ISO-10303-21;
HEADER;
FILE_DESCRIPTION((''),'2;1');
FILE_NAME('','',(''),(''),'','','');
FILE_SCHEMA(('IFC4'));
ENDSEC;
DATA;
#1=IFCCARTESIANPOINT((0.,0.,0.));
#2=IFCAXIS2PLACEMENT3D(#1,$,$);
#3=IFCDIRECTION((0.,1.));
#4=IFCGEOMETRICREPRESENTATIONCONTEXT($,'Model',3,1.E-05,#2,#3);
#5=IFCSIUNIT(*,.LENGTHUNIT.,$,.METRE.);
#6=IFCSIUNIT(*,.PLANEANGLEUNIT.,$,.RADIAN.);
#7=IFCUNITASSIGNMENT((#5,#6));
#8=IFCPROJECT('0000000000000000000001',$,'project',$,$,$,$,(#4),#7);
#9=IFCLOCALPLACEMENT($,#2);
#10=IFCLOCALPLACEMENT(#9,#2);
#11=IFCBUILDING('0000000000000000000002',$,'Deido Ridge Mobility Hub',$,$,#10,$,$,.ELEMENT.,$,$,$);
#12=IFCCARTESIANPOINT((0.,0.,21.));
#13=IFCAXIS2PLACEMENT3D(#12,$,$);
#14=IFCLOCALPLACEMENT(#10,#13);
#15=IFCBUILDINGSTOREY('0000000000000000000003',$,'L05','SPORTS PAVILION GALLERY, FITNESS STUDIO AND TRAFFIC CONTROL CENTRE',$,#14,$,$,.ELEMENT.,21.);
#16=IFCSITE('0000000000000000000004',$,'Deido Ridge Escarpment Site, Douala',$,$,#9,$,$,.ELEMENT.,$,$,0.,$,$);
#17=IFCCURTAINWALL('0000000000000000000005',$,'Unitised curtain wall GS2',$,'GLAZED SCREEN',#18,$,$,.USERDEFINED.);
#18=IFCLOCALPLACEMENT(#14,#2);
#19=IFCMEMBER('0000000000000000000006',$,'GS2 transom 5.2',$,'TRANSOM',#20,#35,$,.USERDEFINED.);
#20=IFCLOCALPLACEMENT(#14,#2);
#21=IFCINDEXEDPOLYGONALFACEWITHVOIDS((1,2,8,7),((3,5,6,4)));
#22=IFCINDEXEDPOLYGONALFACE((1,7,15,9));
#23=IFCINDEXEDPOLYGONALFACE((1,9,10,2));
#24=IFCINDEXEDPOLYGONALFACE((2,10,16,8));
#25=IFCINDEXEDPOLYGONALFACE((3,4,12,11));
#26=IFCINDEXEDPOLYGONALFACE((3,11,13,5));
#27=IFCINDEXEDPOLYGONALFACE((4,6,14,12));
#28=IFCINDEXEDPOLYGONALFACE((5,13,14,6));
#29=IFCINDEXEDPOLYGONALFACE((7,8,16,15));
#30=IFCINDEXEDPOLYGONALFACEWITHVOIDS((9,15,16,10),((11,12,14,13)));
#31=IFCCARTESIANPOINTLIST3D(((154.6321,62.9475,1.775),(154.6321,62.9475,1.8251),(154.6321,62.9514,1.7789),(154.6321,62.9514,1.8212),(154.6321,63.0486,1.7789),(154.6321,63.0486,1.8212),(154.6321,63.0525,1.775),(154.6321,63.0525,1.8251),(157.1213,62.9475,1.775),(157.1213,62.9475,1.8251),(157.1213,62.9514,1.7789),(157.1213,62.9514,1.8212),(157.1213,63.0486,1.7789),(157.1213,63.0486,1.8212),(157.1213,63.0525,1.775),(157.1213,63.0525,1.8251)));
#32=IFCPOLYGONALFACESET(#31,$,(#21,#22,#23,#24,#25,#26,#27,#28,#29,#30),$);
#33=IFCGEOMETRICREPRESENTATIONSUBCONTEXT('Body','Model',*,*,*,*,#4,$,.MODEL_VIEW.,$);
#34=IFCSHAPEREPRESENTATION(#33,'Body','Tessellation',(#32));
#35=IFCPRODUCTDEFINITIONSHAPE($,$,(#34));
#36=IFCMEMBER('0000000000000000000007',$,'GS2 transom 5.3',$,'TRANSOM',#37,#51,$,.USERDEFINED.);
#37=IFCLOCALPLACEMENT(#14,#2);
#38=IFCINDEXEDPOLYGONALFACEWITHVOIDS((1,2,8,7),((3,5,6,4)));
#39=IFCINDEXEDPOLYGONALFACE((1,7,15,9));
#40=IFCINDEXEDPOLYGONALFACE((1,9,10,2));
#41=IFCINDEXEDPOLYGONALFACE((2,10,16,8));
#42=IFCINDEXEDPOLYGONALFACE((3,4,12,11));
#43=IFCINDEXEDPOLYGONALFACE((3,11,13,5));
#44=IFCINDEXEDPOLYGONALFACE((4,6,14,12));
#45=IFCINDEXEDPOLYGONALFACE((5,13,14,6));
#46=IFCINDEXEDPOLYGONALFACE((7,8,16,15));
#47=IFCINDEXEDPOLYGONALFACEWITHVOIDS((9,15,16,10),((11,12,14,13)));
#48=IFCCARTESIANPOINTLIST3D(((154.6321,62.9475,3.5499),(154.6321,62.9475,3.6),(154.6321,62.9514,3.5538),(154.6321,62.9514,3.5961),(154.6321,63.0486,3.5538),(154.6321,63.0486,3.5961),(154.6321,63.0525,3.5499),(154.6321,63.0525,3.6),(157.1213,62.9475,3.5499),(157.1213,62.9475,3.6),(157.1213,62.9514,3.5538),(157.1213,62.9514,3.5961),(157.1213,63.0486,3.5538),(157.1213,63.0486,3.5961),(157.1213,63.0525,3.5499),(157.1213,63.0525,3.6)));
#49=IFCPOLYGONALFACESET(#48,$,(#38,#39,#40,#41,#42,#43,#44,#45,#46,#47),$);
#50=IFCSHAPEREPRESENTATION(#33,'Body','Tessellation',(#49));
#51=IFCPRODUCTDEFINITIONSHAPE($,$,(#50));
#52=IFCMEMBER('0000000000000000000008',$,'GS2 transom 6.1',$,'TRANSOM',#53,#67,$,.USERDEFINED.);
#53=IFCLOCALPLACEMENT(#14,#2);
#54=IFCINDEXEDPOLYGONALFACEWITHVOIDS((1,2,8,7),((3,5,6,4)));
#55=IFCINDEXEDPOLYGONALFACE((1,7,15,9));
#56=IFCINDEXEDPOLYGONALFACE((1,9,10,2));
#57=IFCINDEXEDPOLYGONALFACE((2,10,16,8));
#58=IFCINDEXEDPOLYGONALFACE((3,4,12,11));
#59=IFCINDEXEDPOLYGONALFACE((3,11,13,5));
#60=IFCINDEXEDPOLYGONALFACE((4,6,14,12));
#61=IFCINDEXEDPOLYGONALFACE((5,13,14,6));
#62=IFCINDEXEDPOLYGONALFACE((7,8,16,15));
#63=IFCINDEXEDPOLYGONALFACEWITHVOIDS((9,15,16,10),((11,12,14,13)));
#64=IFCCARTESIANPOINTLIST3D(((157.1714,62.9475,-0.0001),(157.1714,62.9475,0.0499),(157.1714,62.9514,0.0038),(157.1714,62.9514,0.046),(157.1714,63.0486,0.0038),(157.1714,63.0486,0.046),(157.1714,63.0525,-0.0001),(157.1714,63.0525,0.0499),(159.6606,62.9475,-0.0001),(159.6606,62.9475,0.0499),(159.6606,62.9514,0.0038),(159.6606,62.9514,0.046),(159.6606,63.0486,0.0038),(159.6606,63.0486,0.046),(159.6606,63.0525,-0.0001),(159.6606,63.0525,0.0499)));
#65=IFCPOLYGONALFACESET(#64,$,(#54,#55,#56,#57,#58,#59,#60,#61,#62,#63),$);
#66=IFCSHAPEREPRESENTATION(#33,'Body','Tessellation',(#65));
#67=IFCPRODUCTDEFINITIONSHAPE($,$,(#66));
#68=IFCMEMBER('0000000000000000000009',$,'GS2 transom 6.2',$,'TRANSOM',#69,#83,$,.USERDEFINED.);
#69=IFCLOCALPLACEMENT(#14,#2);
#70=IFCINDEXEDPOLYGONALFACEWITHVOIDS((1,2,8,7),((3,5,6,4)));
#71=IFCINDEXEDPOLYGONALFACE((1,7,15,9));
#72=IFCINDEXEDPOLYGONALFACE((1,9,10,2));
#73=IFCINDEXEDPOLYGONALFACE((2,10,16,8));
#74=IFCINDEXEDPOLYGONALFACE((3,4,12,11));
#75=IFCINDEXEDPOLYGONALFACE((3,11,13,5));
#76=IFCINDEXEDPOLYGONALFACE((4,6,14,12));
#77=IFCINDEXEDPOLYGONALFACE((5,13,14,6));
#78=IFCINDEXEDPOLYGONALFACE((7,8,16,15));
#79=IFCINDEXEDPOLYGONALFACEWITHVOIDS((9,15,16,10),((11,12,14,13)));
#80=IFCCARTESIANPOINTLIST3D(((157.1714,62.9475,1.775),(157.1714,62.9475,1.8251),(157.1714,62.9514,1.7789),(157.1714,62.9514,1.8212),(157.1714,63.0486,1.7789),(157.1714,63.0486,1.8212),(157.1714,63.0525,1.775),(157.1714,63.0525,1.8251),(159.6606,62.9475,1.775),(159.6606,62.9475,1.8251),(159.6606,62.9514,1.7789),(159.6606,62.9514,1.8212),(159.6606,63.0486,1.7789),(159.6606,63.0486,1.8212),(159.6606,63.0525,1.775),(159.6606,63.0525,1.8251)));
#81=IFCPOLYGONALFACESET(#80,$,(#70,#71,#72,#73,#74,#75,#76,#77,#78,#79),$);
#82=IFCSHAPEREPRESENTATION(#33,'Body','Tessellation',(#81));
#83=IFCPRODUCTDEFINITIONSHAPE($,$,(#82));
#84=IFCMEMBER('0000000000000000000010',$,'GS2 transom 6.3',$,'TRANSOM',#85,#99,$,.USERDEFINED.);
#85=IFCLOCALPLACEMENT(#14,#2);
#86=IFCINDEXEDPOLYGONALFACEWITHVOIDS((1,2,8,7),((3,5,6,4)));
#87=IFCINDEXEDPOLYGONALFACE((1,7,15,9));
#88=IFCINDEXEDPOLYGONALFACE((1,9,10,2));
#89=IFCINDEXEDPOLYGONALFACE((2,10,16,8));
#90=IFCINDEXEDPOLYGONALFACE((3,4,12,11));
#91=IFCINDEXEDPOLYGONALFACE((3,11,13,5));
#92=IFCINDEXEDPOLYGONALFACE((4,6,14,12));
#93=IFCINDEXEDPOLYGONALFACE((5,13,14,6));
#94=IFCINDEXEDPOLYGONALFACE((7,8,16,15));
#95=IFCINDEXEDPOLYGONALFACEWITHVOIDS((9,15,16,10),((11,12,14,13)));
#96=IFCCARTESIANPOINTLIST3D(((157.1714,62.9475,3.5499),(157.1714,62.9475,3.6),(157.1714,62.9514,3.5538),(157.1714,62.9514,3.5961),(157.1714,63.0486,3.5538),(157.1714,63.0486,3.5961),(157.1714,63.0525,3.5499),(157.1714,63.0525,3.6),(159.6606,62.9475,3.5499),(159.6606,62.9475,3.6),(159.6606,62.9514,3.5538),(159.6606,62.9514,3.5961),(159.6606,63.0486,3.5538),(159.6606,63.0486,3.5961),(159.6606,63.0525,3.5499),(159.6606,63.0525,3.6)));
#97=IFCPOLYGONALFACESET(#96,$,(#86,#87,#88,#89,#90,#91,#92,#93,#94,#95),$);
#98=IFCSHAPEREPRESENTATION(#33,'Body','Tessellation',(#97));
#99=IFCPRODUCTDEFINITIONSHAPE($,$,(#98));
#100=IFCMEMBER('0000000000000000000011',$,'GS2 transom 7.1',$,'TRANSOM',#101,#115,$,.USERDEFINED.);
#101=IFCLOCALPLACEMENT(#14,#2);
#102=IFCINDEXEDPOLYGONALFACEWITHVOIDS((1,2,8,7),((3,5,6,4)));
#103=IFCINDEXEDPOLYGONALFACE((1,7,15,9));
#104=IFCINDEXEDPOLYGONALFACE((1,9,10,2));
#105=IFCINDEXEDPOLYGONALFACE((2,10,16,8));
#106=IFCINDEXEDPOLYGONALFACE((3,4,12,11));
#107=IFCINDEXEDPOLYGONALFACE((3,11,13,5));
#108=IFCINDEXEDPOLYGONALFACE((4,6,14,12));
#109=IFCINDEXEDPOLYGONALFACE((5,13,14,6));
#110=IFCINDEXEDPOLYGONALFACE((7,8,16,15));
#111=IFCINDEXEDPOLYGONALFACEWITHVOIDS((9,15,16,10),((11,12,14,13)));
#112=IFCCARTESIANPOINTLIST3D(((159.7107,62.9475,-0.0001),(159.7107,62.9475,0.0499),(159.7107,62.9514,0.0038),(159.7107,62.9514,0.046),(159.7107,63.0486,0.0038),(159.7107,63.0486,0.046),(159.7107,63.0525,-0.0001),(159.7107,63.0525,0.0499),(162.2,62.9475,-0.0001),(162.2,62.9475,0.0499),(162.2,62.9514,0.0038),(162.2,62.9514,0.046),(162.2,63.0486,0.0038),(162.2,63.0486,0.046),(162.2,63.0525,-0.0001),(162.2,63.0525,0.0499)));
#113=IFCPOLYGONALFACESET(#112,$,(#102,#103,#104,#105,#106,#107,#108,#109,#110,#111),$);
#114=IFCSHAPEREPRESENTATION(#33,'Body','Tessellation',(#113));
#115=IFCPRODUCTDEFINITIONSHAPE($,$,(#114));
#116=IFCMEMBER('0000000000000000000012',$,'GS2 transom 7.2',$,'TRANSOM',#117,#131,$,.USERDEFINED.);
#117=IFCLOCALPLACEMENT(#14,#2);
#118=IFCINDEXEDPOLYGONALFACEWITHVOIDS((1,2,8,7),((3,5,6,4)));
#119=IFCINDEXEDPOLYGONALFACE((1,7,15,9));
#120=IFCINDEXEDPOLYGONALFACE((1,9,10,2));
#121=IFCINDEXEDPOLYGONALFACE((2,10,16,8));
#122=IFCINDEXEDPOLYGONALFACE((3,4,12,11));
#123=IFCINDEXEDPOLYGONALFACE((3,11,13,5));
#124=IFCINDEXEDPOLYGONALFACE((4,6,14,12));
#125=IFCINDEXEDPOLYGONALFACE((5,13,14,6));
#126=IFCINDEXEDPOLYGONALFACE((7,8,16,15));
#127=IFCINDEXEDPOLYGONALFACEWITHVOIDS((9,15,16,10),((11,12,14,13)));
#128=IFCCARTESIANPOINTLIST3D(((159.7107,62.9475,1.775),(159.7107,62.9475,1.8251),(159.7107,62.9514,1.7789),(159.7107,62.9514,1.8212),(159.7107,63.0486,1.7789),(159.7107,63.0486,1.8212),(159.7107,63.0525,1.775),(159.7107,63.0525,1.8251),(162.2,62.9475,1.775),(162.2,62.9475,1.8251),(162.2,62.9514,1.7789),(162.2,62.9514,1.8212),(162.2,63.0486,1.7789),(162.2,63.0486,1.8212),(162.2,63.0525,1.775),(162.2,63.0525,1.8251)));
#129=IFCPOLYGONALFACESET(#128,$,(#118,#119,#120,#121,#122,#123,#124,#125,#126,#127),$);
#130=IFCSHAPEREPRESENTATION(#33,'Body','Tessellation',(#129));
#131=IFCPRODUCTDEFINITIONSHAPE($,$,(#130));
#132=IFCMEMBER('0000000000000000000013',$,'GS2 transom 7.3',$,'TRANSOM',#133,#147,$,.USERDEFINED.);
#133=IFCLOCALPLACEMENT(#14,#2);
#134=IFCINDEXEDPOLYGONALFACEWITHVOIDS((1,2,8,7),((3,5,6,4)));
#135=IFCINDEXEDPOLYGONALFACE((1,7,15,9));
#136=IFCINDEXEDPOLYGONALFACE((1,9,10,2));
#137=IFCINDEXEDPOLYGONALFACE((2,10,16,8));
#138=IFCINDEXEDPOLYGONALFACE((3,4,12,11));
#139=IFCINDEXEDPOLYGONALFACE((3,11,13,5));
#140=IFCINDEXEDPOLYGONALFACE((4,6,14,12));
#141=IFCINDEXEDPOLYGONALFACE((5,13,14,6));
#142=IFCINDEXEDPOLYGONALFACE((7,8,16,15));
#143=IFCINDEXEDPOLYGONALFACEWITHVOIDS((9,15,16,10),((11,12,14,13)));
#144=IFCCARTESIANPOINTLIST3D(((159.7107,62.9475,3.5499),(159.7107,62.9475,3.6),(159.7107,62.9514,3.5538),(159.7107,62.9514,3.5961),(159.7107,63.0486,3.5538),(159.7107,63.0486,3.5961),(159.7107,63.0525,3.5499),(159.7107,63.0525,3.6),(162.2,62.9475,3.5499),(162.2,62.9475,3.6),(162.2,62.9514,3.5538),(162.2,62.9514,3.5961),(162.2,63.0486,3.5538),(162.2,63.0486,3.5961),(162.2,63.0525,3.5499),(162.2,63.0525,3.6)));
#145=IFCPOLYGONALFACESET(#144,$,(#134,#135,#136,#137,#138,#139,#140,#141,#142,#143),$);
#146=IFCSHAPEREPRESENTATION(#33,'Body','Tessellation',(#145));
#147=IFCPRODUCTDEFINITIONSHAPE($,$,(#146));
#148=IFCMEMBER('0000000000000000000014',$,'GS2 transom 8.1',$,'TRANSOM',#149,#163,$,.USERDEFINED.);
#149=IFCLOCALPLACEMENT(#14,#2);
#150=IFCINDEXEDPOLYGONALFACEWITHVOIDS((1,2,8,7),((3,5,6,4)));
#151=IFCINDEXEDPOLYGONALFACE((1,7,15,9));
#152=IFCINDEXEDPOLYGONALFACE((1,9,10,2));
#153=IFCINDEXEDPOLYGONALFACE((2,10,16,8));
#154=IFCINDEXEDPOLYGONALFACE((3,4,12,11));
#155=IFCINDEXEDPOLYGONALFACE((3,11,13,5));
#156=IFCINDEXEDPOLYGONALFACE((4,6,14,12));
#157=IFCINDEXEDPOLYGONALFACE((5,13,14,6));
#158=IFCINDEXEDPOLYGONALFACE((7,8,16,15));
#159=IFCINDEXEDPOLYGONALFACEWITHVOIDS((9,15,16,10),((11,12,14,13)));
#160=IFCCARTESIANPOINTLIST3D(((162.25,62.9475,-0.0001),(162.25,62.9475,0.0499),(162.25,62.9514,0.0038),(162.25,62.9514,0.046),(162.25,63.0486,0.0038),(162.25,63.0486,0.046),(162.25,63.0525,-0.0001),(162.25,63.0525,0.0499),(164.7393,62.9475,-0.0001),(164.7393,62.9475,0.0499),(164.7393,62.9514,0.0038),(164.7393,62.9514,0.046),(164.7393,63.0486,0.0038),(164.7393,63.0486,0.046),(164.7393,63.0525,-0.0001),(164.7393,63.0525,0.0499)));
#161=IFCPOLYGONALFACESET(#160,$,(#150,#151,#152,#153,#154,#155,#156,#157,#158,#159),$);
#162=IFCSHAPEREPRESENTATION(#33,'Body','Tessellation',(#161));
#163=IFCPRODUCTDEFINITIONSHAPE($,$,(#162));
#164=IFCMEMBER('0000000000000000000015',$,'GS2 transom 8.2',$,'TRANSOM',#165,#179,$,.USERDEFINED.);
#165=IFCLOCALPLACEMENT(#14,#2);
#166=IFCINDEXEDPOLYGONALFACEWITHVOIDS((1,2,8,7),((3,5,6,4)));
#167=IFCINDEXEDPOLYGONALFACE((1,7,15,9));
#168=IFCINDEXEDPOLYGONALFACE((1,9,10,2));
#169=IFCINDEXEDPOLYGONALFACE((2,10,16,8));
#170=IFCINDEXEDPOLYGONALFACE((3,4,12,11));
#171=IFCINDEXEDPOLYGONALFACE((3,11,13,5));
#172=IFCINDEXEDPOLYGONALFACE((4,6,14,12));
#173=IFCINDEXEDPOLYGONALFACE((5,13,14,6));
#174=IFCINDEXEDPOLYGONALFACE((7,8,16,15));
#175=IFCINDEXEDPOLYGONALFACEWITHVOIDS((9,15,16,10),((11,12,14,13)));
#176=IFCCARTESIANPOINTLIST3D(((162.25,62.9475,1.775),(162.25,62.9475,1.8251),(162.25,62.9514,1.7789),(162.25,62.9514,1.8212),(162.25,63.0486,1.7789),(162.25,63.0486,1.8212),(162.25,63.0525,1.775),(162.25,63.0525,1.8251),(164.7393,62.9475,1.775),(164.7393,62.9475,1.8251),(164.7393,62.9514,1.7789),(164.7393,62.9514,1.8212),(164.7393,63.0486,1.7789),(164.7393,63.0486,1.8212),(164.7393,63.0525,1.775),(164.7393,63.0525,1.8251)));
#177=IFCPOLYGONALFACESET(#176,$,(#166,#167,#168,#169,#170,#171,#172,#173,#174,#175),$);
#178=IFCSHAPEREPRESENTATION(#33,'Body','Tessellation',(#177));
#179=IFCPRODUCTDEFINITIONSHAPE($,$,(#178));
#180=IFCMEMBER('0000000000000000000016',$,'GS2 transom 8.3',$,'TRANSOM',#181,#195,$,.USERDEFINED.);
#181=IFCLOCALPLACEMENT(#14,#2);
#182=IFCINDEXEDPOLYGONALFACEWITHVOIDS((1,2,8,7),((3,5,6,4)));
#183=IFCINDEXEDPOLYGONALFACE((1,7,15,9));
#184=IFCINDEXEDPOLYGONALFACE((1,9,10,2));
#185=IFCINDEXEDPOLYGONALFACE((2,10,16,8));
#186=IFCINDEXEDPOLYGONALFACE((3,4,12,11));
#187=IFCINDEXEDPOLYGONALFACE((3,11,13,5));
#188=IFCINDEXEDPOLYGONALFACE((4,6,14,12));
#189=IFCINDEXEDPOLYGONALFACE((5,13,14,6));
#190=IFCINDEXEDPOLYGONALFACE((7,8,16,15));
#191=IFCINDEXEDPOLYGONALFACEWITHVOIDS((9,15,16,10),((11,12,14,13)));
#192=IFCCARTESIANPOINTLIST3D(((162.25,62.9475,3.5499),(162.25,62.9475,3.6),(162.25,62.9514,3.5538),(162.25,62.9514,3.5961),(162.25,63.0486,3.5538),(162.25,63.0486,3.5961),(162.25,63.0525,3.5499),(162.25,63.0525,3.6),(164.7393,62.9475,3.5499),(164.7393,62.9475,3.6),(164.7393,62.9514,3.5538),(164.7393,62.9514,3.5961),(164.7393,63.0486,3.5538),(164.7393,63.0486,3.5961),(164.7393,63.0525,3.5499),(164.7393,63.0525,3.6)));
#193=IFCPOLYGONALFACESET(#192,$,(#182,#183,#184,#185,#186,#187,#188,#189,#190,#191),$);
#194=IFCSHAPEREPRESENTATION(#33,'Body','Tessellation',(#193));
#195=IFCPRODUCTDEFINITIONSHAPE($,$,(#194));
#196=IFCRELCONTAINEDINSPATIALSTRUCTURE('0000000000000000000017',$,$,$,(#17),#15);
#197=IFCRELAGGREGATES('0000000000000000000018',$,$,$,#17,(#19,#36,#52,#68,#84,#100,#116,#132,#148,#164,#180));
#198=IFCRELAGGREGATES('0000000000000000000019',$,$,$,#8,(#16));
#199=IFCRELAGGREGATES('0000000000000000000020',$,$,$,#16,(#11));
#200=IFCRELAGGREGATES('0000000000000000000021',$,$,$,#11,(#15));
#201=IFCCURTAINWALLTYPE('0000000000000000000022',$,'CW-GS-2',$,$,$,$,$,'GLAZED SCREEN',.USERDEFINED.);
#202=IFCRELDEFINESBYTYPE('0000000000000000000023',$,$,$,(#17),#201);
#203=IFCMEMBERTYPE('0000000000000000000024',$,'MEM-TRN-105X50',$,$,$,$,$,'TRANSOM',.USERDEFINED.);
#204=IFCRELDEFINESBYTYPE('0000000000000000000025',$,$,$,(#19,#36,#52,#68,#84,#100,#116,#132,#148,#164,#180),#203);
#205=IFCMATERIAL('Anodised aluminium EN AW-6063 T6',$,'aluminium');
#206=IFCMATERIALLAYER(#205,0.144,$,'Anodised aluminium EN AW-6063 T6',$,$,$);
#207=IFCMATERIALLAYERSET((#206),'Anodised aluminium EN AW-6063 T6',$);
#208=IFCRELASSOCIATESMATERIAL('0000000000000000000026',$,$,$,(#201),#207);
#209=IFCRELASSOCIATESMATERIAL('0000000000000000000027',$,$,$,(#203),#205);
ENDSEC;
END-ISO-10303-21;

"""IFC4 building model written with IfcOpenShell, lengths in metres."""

from ifc_helpers import new_model, si_unit, direction, frame, origin, origin_2d, place, context, subcontext, project, spatial, hollow_rectangle, extrude, material, layer, layer_set, material_profile, profile_set, type_object, element, aggregate, save


model = new_model("IFC4")

# Units and contexts
model_context = context("Model", 3, precision=1e-05, world=origin(), true_north=direction((0.0, 1.0)))
body_context = subcontext(model_context, "Body", "Model", "MODEL_VIEW")
ifc_project = project(units=[si_unit("LENGTHUNIT", "METRE"), si_unit("PLANEANGLEUNIT", "RADIAN")], contexts=[model_context])

# Site, building, storey
site_placement = place(None, origin())
site = spatial("IfcSite", under=ifc_project, at=site_placement, Name="Deido Ridge Escarpment Site, Douala", CompositionType="ELEMENT", RefElevation=0.0)
building_placement = place(site_placement, origin())
building = spatial("IfcBuilding", under=site, at=building_placement, Name="Deido Ridge Mobility Hub", CompositionType="ELEMENT")
storey_placement = place(building_placement, frame((0.0, 0.0, 21.0)))
storey = spatial("IfcBuildingStorey", under=building, at=storey_placement, Name="L05", Description="SPORTS PAVILION GALLERY, FITNESS STUDIO AND TRAFFIC CONTROL CENTRE", CompositionType="ELEMENT", Elevation=21.0)

# Curtain wall, members
ifc_material_1 = material(Name="Anodised aluminium EN AW-6063 T6", Category="aluminium")
ifc_layer_1 = layer(ifc_material_1, 0.144, Name="Anodised aluminium EN AW-6063 T6")
ifc_layer_set_1 = layer_set([ifc_layer_1], Name="Anodised aluminium EN AW-6063 T6")
curtain_wall_type = type_object("IfcCurtainWallType", Name="CW-GS-2", ElementType="GLAZED SCREEN", PredefinedType="USERDEFINED", material=ifc_layer_set_1)
curtain_wall_placement = place(storey_placement, origin())
curtain_wall = element("IfcCurtainWall", 1, at=curtain_wall_placement, inside=storey, type_object=curtain_wall_type, Name="Unitised curtain wall GS2", ObjectType="GLAZED SCREEN", PredefinedType="USERDEFINED")
ifc_material_profile_1 = material_profile(ifc_material_1, hollow_rectangle(XDim=0.105, YDim=0.05, WallThickness=0.0039, at=origin_2d()), Name="RHS 105x50x4")
ifc_profile_set_1 = profile_set([ifc_material_profile_1], Name="Anodised aluminium EN AW-6063 T6")
member_type_1 = type_object("IfcMemberType", Name="MEM-TRN-105X50", ElementType="TRANSOM", PredefinedType="USERDEFINED", material=ifc_profile_set_1)
member_1_placement = place(storey_placement, frame((154.6321, 63.0, 1.8), z_axis=(1.0, 0.0, 0.0), x_axis=(0.0, 1.0, 0.0)))
member_1 = element("IfcMember", 2, at=member_1_placement, type_object=member_type_1, Name="GS2 transom 5.2", ObjectType="TRANSOM", PredefinedType="USERDEFINED", context=body_context, shape_type="SweptSolid", body=[
    extrude(hollow_rectangle(XDim=0.105, YDim=0.05, WallThickness=0.0039, at=origin_2d()), origin(), (0.0, 0.0, 1.0), 2.4893),
])
member_2_placement = place(storey_placement, frame((154.6321, 63.0, 3.575), z_axis=(1.0, 0.0, 0.0), x_axis=(0.0, 1.0, 0.0)))
member_2 = element("IfcMember", 3, at=member_2_placement, type_object=member_type_1, Name="GS2 transom 5.3", ObjectType="TRANSOM", PredefinedType="USERDEFINED", context=body_context, shape_type="SweptSolid", body=[
    extrude(hollow_rectangle(XDim=0.105, YDim=0.05, WallThickness=0.0039, at=origin_2d()), origin(), (0.0, 0.0, 1.0), 2.4893),
])
member_3_placement = place(storey_placement, frame((157.1714, 63.0, 0.0249), z_axis=(1.0, 0.0, 0.0), x_axis=(0.0, 1.0, 0.0)))
member_3 = element("IfcMember", 4, at=member_3_placement, type_object=member_type_1, Name="GS2 transom 6.1", ObjectType="TRANSOM", PredefinedType="USERDEFINED", context=body_context, shape_type="SweptSolid", body=[
    extrude(hollow_rectangle(XDim=0.105, YDim=0.05, WallThickness=0.0039, at=origin_2d()), origin(), (0.0, 0.0, 1.0), 2.4893),
])
member_4_placement = place(storey_placement, frame((157.1714, 63.0, 1.8), z_axis=(1.0, 0.0, 0.0), x_axis=(0.0, 1.0, 0.0)))
member_4 = element("IfcMember", 5, at=member_4_placement, type_object=member_type_1, Name="GS2 transom 6.2", ObjectType="TRANSOM", PredefinedType="USERDEFINED", context=body_context, shape_type="SweptSolid", body=[
    extrude(hollow_rectangle(XDim=0.105, YDim=0.05, WallThickness=0.0039, at=origin_2d()), origin(), (0.0, 0.0, 1.0), 2.4893),
])
member_5_placement = place(storey_placement, frame((157.1714, 63.0, 3.575), z_axis=(1.0, 0.0, 0.0), x_axis=(0.0, 1.0, 0.0)))
member_5 = element("IfcMember", 6, at=member_5_placement, type_object=member_type_1, Name="GS2 transom 6.3", ObjectType="TRANSOM", PredefinedType="USERDEFINED", context=body_context, shape_type="SweptSolid", body=[
    extrude(hollow_rectangle(XDim=0.105, YDim=0.05, WallThickness=0.0039, at=origin_2d()), origin(), (0.0, 0.0, 1.0), 2.4893),
])
member_6_placement = place(storey_placement, frame((159.7107, 63.0, 0.0249), z_axis=(1.0, 0.0, 0.0), x_axis=(0.0, 1.0, 0.0)))
member_6 = element("IfcMember", 7, at=member_6_placement, type_object=member_type_1, Name="GS2 transom 7.1", ObjectType="TRANSOM", PredefinedType="USERDEFINED", context=body_context, shape_type="SweptSolid", body=[
    extrude(hollow_rectangle(XDim=0.105, YDim=0.05, WallThickness=0.0039, at=origin_2d()), origin(), (0.0, 0.0, 1.0), 2.4893),
])
member_7_placement = place(storey_placement, frame((159.7107, 63.0, 1.8), z_axis=(1.0, 0.0, 0.0), x_axis=(0.0, 1.0, 0.0)))
member_7 = element("IfcMember", 8, at=member_7_placement, type_object=member_type_1, Name="GS2 transom 7.2", ObjectType="TRANSOM", PredefinedType="USERDEFINED", context=body_context, shape_type="SweptSolid", body=[
    extrude(hollow_rectangle(XDim=0.105, YDim=0.05, WallThickness=0.0039, at=origin_2d()), origin(), (0.0, 0.0, 1.0), 2.4893),
])
member_8_placement = place(storey_placement, frame((159.7107, 63.0, 3.575), z_axis=(1.0, 0.0, 0.0), x_axis=(0.0, 1.0, 0.0)))
member_8 = element("IfcMember", 9, at=member_8_placement, type_object=member_type_1, Name="GS2 transom 7.3", ObjectType="TRANSOM", PredefinedType="USERDEFINED", context=body_context, shape_type="SweptSolid", body=[
    extrude(hollow_rectangle(XDim=0.105, YDim=0.05, WallThickness=0.0039, at=origin_2d()), origin(), (0.0, 0.0, 1.0), 2.4893),
])
member_9_placement = place(storey_placement, frame((162.25, 63.0, 0.0249), z_axis=(1.0, 0.0, 0.0), x_axis=(0.0, 1.0, 0.0)))
member_9 = element("IfcMember", 10, at=member_9_placement, type_object=member_type_1, Name="GS2 transom 8.1", ObjectType="TRANSOM", PredefinedType="USERDEFINED", context=body_context, shape_type="SweptSolid", body=[
    extrude(hollow_rectangle(XDim=0.105, YDim=0.05, WallThickness=0.0039, at=origin_2d()), origin(), (0.0, 0.0, 1.0), 2.4893),
])
member_10_placement = place(storey_placement, frame((162.25, 63.0, 1.8), z_axis=(1.0, 0.0, 0.0), x_axis=(0.0, 1.0, 0.0)))
member_10 = element("IfcMember", 11, at=member_10_placement, type_object=member_type_1, Name="GS2 transom 8.2", ObjectType="TRANSOM", PredefinedType="USERDEFINED", context=body_context, shape_type="SweptSolid", body=[
    extrude(hollow_rectangle(XDim=0.105, YDim=0.05, WallThickness=0.0039, at=origin_2d()), origin(), (0.0, 0.0, 1.0), 2.4893),
])
member_11_placement = place(storey_placement, frame((162.25, 63.0, 3.575), z_axis=(1.0, 0.0, 0.0), x_axis=(0.0, 1.0, 0.0)))
member_11 = element("IfcMember", 12, at=member_11_placement, type_object=member_type_1, Name="GS2 transom 8.3", ObjectType="TRANSOM", PredefinedType="USERDEFINED", context=body_context, shape_type="SweptSolid", body=[
    extrude(hollow_rectangle(XDim=0.105, YDim=0.05, WallThickness=0.0039, at=origin_2d()), origin(), (0.0, 0.0, 1.0), 2.4893),
])

aggregate(curtain_wall, [member_1, member_2, member_3, member_4, member_5, member_6, member_7, member_8, member_9, member_10, member_11])

save(model, "model.ifc")
